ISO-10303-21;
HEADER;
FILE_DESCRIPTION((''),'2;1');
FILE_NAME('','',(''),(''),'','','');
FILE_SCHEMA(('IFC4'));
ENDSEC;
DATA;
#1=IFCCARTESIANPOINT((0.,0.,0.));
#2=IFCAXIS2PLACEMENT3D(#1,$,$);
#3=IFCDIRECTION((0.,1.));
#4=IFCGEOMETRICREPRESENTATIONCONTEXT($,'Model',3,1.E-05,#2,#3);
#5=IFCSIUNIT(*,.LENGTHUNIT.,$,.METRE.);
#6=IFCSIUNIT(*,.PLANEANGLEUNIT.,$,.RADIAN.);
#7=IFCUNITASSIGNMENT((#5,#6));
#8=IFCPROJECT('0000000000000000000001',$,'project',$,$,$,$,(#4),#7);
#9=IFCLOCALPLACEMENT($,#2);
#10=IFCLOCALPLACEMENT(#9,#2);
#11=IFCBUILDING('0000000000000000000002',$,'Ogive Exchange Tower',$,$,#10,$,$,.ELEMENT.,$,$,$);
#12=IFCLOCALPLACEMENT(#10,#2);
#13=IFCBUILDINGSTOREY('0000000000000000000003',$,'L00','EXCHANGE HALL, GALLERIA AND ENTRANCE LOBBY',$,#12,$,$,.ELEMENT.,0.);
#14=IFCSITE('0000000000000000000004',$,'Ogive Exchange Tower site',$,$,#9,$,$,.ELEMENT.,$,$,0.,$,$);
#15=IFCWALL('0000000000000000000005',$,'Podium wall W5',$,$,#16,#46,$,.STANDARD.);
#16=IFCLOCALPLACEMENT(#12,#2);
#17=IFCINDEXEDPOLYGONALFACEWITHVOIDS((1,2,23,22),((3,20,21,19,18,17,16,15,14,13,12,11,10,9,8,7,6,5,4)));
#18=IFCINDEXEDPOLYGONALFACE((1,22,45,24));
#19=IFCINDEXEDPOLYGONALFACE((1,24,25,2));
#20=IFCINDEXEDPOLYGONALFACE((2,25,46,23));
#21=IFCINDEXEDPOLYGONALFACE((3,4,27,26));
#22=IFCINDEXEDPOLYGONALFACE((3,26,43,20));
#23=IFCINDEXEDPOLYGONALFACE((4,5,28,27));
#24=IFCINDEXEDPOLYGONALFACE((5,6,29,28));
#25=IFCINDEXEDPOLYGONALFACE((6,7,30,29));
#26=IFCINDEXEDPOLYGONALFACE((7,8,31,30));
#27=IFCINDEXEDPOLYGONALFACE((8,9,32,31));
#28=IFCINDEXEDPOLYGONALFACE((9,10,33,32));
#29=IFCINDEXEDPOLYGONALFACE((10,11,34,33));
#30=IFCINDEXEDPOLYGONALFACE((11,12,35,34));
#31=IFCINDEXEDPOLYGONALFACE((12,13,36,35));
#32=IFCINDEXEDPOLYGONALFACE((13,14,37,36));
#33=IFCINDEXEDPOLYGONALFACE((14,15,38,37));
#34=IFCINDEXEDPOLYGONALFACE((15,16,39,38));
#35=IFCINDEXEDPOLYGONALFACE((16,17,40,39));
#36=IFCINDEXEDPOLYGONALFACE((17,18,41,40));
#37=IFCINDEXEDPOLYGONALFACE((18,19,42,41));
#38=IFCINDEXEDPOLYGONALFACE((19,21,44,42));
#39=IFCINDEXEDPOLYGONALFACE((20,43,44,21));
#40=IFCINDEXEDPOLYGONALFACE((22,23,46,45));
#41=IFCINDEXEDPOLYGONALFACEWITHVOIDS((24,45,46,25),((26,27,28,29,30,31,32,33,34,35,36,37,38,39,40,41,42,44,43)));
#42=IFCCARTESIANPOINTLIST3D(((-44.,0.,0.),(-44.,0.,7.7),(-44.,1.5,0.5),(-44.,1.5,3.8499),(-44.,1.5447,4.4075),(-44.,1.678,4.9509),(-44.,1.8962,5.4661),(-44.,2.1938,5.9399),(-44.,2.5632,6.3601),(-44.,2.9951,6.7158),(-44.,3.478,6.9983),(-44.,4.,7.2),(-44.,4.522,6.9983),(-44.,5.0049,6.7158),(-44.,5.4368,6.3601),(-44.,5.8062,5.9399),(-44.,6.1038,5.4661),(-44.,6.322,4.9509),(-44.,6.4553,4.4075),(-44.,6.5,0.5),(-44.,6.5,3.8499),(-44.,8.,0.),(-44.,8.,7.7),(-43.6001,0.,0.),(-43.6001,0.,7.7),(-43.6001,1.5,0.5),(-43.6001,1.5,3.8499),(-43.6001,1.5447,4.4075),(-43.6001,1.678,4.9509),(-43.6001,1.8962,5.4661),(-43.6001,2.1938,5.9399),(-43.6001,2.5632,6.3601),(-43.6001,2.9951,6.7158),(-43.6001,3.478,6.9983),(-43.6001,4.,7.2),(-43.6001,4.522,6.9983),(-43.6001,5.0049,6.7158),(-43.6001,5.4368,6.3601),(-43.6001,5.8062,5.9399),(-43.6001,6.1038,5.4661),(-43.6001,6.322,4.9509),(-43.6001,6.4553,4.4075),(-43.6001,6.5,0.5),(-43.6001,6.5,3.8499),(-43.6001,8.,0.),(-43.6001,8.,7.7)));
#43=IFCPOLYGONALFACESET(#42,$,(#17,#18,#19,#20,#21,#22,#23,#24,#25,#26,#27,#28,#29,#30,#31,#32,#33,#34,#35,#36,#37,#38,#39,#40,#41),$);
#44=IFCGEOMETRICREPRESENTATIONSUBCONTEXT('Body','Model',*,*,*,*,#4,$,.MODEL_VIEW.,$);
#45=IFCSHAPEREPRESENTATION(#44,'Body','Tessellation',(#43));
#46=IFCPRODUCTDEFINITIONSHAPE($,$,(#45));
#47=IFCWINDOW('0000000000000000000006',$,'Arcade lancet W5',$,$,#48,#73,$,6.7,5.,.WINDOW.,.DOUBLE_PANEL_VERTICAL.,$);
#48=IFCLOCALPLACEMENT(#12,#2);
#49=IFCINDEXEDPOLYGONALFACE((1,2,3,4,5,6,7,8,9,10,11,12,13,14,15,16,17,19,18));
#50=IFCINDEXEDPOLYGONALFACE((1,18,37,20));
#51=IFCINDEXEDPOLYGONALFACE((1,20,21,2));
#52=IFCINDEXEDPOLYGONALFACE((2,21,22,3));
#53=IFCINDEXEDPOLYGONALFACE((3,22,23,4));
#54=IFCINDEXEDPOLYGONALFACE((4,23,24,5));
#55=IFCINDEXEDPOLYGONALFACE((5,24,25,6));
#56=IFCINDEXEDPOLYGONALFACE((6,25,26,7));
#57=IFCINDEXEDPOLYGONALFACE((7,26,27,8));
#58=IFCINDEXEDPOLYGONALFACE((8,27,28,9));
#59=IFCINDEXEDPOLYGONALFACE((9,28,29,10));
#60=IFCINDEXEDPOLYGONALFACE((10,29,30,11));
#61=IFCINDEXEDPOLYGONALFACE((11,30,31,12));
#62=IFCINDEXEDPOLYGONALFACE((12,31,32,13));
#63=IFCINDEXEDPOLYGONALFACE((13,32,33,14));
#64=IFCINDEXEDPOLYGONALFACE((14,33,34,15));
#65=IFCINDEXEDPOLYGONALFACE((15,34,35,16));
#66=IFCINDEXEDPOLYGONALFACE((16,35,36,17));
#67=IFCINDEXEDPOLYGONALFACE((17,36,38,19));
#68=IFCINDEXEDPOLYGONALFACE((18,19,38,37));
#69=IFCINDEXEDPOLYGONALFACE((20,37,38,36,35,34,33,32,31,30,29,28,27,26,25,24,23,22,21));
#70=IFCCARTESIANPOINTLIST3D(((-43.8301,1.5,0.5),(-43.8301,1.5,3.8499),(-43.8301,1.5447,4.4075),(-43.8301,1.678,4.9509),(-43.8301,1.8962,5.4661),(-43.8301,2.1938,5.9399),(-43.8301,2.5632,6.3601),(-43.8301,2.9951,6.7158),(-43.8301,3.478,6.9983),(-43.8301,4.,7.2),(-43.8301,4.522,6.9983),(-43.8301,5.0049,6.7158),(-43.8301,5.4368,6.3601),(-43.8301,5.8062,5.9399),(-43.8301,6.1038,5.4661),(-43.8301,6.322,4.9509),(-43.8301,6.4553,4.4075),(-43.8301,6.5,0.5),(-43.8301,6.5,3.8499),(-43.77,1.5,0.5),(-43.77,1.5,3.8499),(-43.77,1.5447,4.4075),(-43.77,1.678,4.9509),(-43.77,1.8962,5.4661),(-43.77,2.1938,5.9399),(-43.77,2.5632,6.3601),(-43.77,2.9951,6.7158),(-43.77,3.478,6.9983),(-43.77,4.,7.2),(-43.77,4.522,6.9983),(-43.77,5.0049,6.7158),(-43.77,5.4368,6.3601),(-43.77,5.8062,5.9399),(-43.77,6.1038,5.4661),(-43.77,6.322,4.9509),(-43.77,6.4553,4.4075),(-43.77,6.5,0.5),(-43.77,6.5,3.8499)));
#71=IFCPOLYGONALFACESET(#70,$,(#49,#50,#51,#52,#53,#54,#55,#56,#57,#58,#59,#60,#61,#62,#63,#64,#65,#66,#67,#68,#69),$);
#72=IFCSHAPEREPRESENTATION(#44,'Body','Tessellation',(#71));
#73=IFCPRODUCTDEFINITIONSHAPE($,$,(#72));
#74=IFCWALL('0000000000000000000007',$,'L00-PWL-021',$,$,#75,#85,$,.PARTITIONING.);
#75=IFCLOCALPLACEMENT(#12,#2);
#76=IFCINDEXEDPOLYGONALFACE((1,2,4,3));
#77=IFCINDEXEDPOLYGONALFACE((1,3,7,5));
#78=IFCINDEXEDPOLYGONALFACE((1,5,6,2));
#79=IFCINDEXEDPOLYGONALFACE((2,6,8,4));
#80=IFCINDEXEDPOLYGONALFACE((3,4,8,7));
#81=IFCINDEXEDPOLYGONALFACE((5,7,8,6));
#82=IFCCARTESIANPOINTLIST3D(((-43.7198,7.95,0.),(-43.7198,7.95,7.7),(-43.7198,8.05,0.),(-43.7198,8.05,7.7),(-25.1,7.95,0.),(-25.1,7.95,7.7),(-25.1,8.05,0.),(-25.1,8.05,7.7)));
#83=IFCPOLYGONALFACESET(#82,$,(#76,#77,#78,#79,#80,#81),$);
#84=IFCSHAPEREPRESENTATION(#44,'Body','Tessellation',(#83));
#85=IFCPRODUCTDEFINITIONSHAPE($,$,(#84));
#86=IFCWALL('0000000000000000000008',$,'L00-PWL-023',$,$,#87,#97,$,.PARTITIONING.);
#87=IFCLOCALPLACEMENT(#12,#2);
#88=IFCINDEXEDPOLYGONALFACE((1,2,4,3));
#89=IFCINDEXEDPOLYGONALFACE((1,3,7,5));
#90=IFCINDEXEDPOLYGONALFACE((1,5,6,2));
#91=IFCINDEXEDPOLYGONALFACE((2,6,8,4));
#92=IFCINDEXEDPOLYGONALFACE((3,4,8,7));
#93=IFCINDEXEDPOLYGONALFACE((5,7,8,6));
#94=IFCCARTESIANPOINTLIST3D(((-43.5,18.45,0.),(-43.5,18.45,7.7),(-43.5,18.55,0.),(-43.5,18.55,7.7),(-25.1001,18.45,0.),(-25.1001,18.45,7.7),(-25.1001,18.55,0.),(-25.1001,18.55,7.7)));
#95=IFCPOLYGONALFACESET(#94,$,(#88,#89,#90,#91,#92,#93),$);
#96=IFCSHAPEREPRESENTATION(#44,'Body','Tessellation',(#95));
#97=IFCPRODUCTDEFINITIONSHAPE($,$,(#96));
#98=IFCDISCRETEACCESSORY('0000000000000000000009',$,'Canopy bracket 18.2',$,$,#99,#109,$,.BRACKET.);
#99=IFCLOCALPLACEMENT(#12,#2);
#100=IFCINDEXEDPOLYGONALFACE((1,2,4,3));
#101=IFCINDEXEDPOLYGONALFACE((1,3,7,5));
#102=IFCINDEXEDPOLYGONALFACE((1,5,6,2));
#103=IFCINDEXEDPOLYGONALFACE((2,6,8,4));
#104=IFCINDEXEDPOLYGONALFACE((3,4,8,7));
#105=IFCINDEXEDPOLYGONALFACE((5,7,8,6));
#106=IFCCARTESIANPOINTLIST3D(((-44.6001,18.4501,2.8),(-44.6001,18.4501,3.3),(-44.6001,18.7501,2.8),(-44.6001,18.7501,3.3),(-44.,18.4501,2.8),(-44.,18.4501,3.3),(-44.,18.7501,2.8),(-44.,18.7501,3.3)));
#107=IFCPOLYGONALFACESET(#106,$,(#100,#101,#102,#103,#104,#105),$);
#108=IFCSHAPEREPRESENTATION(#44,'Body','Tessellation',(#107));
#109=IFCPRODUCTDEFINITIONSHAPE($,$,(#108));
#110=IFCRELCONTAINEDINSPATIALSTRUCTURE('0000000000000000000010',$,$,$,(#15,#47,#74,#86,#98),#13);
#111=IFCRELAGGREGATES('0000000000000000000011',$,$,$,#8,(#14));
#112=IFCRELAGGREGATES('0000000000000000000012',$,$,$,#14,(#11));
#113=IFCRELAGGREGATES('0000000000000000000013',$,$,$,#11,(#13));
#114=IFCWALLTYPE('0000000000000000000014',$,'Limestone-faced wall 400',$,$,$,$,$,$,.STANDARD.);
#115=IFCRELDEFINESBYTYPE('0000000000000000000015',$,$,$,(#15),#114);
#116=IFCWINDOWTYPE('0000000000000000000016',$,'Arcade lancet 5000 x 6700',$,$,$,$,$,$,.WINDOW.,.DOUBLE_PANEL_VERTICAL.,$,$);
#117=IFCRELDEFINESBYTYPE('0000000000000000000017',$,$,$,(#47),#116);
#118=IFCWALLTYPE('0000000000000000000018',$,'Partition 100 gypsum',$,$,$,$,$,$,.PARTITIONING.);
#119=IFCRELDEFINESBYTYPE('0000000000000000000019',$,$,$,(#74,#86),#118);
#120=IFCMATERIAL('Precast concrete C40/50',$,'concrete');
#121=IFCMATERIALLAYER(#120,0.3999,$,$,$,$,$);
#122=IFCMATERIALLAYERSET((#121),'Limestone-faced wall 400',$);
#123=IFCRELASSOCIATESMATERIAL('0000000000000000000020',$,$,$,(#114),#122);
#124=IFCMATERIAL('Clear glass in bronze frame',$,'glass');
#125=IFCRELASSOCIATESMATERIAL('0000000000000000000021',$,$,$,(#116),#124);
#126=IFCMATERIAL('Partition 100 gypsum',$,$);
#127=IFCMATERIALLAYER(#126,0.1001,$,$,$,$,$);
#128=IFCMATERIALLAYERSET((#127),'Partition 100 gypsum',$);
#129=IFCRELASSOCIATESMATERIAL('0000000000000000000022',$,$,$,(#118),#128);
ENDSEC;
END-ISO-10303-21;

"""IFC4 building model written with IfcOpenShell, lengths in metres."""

from ifc_helpers import new_model, si_unit, direction, frame, frame_2d, origin, origin_2d, place, context, subcontext, project, spatial, polyline, rectangle, outline, extrude, material, layer, layer_set, type_object, element, fill, save


model = new_model("IFC4")

# Units and contexts
model_context = context("Model", 3, precision=1e-05, world=origin(), true_north=direction((0.0, 1.0)))
body_context = subcontext(model_context, "Body", "Model", "MODEL_VIEW")
ifc_project = project(units=[si_unit("LENGTHUNIT", "METRE"), si_unit("PLANEANGLEUNIT", "RADIAN")], contexts=[model_context])

# Site, building, storey
site_placement = place(None, origin())
site = spatial("IfcSite", under=ifc_project, at=site_placement, Name="Ogive Exchange Tower site", CompositionType="ELEMENT", RefElevation=0.0)
building_placement = place(site_placement, origin())
building = spatial("IfcBuilding", under=site, at=building_placement, Name="Ogive Exchange Tower", CompositionType="ELEMENT")
storey_placement = place(building_placement, origin())
storey = spatial("IfcBuildingStorey", under=building, at=storey_placement, Name="L00", Description="EXCHANGE HALL, GALLERIA AND ENTRANCE LOBBY", CompositionType="ELEMENT", Elevation=0.0)

# Shared definitions
ifc_material_1 = material(Name="Precast concrete C40/50", Category="concrete")

# Wall, opening, window
ifc_layer_1 = layer(ifc_material_1, 0.3999)
ifc_layer_set_1 = layer_set([ifc_layer_1], Name="Limestone-faced wall 400")
wall_type_1 = type_object("IfcWallType", Name="Limestone-faced wall 400", PredefinedType="STANDARD", material=ifc_layer_set_1)
ifc_material_2 = material(Name="Clear glass in bronze frame", Category="glass")
window_type = type_object("IfcWindowType", Name="Arcade lancet 5000 x 6700", PartitioningType="DOUBLE_PANEL_VERTICAL", PredefinedType="WINDOW", material=ifc_material_2)
wall_1_placement = place(storey_placement, frame((-43.8, 8.0, 0.0), z_axis=(0.0, 0.0, 1.0), x_axis=(0.0, -1.0, 0.0)))
wall_1 = element("IfcWall", 1, at=wall_1_placement, inside=storey, type_object=wall_type_1, Name="Podium wall W5", PredefinedType="STANDARD", context=body_context, shape_type="SweptSolid", body=[
    extrude(rectangle(XDim=8.0, YDim=0.3999, at=frame_2d((4.0, 0.0))), origin(), (0.0, 0.0, 1.0), 7.7),
])
opening_1_placement = place(wall_1_placement, frame((1.5, 0.0, 0.5)))
opening_1 = element("IfcOpeningElement", 2, at=opening_1_placement, cuts=wall_1, PredefinedType="OPENING", context=body_context, shape_type="SweptSolid", body=[
    extrude(outline(polyline([(0.0, 0.0), (5.0, 0.0), (5.0, 3.3499), (4.9553, 3.9075), (4.822, 4.4509), (4.6038, 4.9661), (4.3062, 5.4399), (3.9368, 5.8601), (3.5049, 6.2158), (3.022, 6.4983), (2.5, 6.7), (1.978, 6.4983), (1.4951, 6.2158), (1.0632, 5.8601), (0.6938, 5.4399), (0.3962, 4.9661), (0.178, 4.4509), (0.0447, 3.9075), (0.0, 3.3499), (0.0, 0.0)])), frame((0.0, 0.21, 0.0), z_axis=(0.0, -1.0, 0.0), x_axis=(1.0, 0.0, 0.0)), (0.0, 0.0, 1.0), 0.4199),
])
window_1_placement = place(opening_1_placement, origin())
window_1 = element("IfcWindow", 3, at=window_1_placement, inside=storey, type_object=window_type, Name="Arcade lancet W5", OverallHeight=6.7, OverallWidth=5.0, PartitioningType="DOUBLE_PANEL_VERTICAL", PredefinedType="WINDOW", context=body_context, shape_type="SweptSolid", body=[
    extrude(outline(polyline([(0.0, 0.0), (5.0, 0.0), (5.0, 3.3499), (4.9553, 3.9075), (4.822, 4.4509), (4.6038, 4.9661), (4.3062, 5.4399), (3.9368, 5.8601), (3.5049, 6.2158), (3.022, 6.4983), (2.5, 6.7), (1.978, 6.4983), (1.4951, 6.2158), (1.0632, 5.8601), (0.6938, 5.4399), (0.3962, 4.9661), (0.178, 4.4509), (0.0447, 3.9075), (0.0, 3.3499), (0.0, 0.0)])), frame((0.0, 0.03, 0.0), z_axis=(0.0, -1.0, 0.0), x_axis=(1.0, 0.0, 0.0)), (0.0, 0.0, 1.0), 0.0601),
])
fill(opening_1, window_1)

# Walls
ifc_material_3 = material(Name="Partition 100 gypsum")
ifc_layer_2 = layer(ifc_material_3, 0.1001)
ifc_layer_set_2 = layer_set([ifc_layer_2], Name="Partition 100 gypsum")
wall_type_2 = type_object("IfcWallType", Name="Partition 100 gypsum", PredefinedType="PARTITIONING", material=ifc_layer_set_2)
wall_2_placement = place(storey_placement, frame((-43.72, 8.0, 0.0), z_axis=(0.0, 0.0, 1.0), x_axis=(1.0, 0.0, 0.0)))
element("IfcWall", 4, at=wall_2_placement, inside=storey, type_object=wall_type_2, Name="L00-PWL-021", PredefinedType="PARTITIONING", context=body_context, shape_type="SweptSolid", body=[
    extrude(rectangle(XDim=18.6199, YDim=0.1001, at=frame_2d((9.3101, 0.0))), origin(), (0.0, 0.0, 1.0), 7.7),
])
wall_3_placement = place(storey_placement, frame((-43.5, 18.5, 0.0), z_axis=(0.0, 0.0, 1.0), x_axis=(1.0, 0.0, 0.0)))
element("IfcWall", 5, at=wall_3_placement, inside=storey, type_object=wall_type_2, Name="L00-PWL-023", PredefinedType="PARTITIONING", context=body_context, shape_type="SweptSolid", body=[
    extrude(rectangle(XDim=18.3999, YDim=0.1001, at=frame_2d((9.2, 0.0))), origin(), (0.0, 0.0, 1.0), 7.7),
])

# Discrete accessory
discrete_accessory_placement = place(storey_placement, frame((-44.3, 18.6001, 2.8), z_axis=(0.0, 0.0, 1.0), x_axis=(0.0, -1.0, 0.0)))
element("IfcDiscreteAccessory", 6, at=discrete_accessory_placement, inside=storey, Name="Canopy bracket 18.2", PredefinedType="BRACKET", context=body_context, shape_type="SweptSolid", body=[
    extrude(rectangle(XDim=0.3, YDim=0.6001, at=origin_2d()), origin(), (0.0, 0.0, 1.0), 0.5),
])

save(model, "model.ifc")
